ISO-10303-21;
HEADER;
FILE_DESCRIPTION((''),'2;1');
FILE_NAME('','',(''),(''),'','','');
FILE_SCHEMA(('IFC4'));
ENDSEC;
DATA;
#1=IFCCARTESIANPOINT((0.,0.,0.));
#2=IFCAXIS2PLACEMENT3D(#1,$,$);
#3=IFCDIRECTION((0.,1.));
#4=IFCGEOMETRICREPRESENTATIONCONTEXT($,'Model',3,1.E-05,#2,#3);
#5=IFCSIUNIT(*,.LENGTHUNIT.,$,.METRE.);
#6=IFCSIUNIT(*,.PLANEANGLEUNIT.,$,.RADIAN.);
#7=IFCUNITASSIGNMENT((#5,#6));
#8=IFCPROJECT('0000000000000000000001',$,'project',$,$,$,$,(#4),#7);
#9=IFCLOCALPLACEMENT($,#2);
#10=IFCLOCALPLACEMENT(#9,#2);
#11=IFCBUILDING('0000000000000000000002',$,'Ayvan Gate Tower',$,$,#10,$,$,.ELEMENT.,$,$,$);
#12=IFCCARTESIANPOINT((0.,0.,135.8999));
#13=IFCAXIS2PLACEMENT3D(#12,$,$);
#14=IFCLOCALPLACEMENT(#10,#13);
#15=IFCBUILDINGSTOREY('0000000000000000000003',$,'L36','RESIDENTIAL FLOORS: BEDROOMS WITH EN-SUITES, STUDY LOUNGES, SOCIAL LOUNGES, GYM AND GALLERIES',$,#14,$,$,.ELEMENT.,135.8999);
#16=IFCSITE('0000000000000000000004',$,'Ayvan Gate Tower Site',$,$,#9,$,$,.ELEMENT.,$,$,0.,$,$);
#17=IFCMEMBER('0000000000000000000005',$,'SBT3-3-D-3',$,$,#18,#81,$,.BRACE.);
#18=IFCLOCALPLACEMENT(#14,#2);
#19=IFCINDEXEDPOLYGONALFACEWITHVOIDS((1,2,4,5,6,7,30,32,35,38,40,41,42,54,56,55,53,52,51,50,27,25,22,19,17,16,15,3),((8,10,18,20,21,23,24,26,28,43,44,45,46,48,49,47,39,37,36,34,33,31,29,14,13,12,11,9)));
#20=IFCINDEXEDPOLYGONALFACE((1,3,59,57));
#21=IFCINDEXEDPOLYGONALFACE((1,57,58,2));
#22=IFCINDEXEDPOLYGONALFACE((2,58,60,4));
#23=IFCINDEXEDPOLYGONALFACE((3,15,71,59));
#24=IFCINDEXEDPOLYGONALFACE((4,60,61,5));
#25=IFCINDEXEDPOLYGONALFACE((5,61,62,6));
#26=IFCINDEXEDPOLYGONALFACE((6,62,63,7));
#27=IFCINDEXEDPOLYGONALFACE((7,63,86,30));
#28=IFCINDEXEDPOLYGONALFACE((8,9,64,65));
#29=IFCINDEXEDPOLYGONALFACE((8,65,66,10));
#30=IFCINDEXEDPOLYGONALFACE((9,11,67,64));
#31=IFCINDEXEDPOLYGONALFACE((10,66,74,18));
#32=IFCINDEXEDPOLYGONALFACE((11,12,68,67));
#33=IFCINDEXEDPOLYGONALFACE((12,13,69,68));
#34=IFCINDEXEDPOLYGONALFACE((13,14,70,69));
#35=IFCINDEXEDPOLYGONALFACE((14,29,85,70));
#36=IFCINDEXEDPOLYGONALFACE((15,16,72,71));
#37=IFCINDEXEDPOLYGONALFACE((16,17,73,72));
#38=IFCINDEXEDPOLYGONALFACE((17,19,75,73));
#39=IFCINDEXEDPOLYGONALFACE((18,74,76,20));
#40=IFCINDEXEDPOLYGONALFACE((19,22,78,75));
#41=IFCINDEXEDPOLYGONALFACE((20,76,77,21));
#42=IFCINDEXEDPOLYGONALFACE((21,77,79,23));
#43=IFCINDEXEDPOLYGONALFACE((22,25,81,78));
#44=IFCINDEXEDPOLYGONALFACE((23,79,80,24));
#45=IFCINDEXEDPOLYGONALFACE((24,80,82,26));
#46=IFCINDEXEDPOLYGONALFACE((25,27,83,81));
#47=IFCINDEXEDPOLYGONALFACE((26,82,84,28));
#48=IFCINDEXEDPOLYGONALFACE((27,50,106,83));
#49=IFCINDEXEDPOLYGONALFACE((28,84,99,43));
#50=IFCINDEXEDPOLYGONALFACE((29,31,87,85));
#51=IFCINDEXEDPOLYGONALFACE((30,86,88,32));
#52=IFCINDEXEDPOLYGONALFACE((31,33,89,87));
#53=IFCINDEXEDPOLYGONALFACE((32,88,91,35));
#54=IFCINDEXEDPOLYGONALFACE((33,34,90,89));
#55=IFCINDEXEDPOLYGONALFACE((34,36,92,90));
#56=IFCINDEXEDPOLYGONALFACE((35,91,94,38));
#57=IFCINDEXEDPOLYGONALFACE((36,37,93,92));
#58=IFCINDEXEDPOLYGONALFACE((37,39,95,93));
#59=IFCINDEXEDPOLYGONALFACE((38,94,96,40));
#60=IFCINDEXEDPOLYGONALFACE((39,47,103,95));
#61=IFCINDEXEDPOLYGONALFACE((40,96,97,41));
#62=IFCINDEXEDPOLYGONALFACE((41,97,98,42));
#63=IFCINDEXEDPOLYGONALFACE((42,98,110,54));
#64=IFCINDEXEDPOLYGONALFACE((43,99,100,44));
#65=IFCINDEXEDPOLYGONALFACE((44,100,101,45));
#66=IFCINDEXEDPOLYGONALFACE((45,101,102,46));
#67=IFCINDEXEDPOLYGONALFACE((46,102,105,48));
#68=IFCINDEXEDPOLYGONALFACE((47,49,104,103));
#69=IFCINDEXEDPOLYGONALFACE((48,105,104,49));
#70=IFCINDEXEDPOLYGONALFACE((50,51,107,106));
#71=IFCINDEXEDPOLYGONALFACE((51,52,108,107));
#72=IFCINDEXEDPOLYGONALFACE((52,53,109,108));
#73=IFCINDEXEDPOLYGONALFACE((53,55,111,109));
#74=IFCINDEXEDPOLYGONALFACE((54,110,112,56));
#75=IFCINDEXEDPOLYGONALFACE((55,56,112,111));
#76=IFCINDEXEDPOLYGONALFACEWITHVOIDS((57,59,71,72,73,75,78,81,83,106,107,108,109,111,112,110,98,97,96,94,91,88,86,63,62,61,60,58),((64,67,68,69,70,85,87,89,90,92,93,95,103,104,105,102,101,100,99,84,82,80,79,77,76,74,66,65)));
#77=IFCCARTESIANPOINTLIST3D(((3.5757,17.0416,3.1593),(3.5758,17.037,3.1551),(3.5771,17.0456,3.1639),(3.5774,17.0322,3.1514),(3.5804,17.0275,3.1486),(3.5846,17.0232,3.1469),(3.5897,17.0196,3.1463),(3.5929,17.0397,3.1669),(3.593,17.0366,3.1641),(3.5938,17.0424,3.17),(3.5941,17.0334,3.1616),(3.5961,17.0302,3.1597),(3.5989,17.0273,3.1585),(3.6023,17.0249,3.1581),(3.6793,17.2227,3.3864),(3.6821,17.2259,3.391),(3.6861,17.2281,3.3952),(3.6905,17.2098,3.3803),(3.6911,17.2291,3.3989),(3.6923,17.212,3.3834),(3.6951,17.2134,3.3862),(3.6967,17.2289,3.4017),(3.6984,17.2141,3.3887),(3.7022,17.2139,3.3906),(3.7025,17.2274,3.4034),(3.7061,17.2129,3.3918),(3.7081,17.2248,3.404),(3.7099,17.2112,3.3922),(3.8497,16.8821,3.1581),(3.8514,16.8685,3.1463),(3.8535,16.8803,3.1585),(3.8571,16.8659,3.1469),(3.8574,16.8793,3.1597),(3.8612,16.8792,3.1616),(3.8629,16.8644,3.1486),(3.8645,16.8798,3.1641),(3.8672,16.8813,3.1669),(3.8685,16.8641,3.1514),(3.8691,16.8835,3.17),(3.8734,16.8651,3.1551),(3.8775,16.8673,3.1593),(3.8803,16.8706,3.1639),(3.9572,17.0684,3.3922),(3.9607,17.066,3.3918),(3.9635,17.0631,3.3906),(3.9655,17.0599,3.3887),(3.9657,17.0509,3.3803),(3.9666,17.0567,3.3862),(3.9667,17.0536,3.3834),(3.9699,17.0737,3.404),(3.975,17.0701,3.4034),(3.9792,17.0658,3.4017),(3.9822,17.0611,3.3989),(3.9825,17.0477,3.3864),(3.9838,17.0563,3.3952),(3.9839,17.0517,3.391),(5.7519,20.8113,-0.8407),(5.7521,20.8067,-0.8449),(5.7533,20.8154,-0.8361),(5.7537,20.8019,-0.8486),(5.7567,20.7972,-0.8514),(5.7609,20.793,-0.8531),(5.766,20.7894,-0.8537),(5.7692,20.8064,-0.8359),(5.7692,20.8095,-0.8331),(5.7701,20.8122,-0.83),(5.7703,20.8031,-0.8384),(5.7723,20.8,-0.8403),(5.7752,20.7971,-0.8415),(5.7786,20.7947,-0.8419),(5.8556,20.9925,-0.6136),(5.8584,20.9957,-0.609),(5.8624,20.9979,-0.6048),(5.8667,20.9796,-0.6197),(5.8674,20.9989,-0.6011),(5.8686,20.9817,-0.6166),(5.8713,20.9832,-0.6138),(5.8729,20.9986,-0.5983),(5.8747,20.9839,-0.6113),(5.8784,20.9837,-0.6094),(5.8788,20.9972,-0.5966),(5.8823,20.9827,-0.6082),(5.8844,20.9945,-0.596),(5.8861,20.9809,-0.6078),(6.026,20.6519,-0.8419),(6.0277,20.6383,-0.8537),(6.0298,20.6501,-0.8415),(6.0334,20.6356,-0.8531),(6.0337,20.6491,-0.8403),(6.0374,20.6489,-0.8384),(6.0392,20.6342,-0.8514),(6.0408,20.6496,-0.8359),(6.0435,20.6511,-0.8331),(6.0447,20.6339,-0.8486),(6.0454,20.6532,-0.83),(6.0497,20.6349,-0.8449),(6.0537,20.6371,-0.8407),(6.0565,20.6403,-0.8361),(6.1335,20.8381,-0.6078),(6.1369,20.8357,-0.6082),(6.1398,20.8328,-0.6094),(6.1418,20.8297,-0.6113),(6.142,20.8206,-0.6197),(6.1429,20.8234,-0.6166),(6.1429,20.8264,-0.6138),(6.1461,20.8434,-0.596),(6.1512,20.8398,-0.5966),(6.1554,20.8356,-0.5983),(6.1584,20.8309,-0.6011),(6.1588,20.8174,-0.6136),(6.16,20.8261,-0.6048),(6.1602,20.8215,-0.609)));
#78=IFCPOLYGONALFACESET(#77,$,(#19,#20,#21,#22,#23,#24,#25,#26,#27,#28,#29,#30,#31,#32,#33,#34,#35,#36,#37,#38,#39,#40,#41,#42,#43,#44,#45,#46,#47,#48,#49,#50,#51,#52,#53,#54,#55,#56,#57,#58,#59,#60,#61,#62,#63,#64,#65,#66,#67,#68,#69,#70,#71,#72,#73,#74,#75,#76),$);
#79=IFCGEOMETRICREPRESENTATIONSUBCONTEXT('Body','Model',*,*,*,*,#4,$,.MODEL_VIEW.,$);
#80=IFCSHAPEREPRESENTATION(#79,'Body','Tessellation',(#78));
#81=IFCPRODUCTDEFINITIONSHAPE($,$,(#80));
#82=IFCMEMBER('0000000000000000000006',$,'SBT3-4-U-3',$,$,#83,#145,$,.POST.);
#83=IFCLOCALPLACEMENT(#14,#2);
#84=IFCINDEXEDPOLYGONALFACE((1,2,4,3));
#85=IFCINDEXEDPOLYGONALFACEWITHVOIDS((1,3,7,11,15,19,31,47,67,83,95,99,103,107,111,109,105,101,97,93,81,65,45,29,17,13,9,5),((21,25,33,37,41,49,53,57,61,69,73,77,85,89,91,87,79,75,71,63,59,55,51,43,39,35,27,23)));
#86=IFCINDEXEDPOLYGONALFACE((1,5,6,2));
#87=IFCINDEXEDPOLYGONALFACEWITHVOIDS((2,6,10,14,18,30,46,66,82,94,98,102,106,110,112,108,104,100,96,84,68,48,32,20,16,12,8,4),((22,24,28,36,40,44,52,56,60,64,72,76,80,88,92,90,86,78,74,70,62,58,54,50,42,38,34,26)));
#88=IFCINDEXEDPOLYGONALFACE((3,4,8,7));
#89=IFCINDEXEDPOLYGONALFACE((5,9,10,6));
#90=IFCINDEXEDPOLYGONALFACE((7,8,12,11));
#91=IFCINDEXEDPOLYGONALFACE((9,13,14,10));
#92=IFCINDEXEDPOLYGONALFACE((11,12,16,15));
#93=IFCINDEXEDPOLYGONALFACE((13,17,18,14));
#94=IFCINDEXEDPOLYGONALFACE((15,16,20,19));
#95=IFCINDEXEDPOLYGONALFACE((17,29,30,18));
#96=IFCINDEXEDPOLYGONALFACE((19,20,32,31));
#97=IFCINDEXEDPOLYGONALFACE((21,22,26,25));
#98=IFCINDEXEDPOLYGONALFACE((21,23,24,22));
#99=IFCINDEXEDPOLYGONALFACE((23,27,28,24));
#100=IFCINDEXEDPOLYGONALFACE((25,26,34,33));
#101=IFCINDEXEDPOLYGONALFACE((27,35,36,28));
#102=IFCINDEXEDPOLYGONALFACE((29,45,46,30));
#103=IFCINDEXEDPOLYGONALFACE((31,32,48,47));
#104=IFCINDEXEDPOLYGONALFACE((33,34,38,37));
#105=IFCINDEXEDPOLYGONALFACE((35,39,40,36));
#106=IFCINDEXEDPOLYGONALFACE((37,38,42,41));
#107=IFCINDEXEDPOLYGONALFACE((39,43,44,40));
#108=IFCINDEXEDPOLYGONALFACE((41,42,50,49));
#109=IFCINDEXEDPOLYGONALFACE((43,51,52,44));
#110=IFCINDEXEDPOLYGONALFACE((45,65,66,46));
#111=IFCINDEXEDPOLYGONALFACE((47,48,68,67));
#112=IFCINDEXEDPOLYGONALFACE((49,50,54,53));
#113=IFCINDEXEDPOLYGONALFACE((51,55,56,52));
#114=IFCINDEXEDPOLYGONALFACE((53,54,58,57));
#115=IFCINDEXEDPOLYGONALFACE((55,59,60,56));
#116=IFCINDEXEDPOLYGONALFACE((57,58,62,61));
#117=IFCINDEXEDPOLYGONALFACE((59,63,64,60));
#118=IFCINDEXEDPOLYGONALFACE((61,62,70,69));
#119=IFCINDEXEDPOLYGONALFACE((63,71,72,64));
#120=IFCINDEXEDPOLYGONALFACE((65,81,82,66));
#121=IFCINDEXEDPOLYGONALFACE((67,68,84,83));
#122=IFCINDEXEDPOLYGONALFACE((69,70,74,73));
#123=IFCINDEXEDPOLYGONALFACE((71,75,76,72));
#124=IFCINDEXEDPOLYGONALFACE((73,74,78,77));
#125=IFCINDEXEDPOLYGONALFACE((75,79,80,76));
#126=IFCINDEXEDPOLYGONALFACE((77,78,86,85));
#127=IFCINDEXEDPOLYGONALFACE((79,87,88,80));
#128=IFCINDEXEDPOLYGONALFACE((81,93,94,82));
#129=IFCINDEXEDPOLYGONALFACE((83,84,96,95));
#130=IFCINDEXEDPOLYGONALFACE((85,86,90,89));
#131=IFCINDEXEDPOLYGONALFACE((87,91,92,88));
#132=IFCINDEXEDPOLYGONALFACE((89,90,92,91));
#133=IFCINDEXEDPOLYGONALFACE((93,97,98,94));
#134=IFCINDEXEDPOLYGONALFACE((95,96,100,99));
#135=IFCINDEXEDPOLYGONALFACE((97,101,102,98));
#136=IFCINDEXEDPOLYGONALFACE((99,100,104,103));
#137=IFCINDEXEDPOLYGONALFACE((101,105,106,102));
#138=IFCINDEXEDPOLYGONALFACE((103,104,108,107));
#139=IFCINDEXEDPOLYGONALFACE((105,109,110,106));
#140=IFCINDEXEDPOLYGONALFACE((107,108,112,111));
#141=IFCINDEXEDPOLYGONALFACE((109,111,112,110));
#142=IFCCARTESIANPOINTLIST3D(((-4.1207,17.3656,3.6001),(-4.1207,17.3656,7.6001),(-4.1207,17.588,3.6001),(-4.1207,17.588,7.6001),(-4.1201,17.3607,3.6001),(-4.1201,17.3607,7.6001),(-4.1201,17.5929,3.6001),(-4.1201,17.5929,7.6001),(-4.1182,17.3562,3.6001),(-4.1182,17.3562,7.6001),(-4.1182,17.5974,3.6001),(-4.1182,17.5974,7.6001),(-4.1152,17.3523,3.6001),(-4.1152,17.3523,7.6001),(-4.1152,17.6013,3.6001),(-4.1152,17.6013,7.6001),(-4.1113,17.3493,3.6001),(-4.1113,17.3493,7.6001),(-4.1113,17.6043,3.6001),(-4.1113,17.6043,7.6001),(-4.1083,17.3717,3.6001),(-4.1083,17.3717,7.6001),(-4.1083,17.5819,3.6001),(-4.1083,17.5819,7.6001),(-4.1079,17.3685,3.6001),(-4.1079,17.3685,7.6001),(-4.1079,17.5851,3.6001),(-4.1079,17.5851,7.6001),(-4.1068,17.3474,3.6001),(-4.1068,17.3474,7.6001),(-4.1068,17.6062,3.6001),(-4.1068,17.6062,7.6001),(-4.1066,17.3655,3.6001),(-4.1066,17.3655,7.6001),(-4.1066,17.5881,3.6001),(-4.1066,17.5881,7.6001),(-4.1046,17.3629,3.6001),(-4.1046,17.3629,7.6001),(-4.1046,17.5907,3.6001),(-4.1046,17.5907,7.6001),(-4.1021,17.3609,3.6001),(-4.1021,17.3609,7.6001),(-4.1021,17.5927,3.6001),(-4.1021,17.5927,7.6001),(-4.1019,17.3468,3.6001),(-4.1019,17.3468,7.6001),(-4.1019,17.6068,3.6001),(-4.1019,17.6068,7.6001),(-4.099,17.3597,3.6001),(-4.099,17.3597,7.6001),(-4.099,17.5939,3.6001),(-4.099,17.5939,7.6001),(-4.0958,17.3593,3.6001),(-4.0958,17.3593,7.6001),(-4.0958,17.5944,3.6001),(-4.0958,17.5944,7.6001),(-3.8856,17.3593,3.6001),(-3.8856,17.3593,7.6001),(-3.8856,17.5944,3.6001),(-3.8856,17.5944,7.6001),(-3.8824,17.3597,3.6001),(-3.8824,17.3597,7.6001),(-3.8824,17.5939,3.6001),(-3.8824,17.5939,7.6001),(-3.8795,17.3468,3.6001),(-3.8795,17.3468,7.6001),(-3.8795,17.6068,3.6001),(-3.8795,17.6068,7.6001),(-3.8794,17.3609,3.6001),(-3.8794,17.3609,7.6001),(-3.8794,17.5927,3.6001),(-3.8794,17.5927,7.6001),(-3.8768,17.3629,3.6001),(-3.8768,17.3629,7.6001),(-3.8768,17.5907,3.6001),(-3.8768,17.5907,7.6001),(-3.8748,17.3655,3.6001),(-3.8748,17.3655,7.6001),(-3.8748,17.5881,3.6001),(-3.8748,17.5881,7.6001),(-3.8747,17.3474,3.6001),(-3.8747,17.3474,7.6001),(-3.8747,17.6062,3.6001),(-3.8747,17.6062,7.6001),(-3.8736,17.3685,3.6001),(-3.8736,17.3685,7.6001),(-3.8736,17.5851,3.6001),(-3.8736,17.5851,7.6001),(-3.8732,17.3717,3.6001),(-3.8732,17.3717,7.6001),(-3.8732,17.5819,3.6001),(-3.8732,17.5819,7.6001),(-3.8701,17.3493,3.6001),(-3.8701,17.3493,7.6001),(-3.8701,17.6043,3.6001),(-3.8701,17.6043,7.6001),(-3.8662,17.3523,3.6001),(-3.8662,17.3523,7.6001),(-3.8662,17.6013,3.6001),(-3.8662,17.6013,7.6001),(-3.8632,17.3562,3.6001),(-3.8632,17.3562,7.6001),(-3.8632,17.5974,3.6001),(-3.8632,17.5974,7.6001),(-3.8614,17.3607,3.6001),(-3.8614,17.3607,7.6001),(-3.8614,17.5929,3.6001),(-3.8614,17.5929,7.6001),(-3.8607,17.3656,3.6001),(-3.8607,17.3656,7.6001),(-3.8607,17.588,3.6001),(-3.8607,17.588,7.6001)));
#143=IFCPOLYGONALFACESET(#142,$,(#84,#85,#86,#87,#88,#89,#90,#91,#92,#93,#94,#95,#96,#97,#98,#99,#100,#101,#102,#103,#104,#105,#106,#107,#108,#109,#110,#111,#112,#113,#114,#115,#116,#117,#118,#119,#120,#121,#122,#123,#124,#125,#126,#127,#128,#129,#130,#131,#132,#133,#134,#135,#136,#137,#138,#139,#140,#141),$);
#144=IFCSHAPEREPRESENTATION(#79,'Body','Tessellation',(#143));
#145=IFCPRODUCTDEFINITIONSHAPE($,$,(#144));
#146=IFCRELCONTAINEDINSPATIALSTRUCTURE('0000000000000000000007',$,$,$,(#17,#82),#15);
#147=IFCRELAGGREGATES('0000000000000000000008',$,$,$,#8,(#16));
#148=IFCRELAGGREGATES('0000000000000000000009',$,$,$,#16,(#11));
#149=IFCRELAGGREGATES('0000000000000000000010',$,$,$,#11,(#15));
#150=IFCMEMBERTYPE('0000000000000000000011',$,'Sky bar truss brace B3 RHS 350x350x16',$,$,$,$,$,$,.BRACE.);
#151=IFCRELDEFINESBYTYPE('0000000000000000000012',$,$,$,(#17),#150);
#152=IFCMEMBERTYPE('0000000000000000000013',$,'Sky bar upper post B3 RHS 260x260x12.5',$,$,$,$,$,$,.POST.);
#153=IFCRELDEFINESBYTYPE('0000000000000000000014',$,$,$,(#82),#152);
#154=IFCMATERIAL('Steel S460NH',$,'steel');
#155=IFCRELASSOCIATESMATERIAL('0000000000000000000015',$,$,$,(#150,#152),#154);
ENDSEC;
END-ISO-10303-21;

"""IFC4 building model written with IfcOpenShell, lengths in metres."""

from ifc_helpers import new_model, si_unit, direction, frame, origin, origin_2d, place, context, subcontext, project, spatial, hollow_rectangle, extrude, material, material_profile, profile_set, type_object, element, save


model = new_model("IFC4")

# Units and contexts
model_context = context("Model", 3, precision=1e-05, world=origin(), true_north=direction((0.0, 1.0)))
body_context = subcontext(model_context, "Body", "Model", "MODEL_VIEW")
ifc_project = project(units=[si_unit("LENGTHUNIT", "METRE"), si_unit("PLANEANGLEUNIT", "RADIAN")], contexts=[model_context])

# Site, building, storey
site_placement = place(None, origin())
site = spatial("IfcSite", under=ifc_project, at=site_placement, Name="Ayvan Gate Tower Site", CompositionType="ELEMENT", RefElevation=0.0)
building_placement = place(site_placement, origin())
building = spatial("IfcBuilding", under=site, at=building_placement, Name="Ayvan Gate Tower", CompositionType="ELEMENT")
storey_placement = place(building_placement, frame((0.0, 0.0, 135.8999)))
storey = spatial("IfcBuildingStorey", under=building, at=storey_placement, Name="L36", Description="RESIDENTIAL FLOORS: BEDROOMS WITH EN-SUITES, STUDY LOUNGES, SOCIAL LOUNGES, GYM AND GALLERIES", CompositionType="ELEMENT", Elevation=135.8999)

# Members
ifc_material_1 = material(Name="Steel S460NH", Category="steel")
ifc_material_profile_1 = material_profile(ifc_material_1, hollow_rectangle(XDim=0.3501, YDim=0.3501, WallThickness=0.0161, InnerFilletRadius=0.0161, OuterFilletRadius=0.0239, at=origin_2d()), Name="RHS 350x350x16")
ifc_profile_set_1 = profile_set([ifc_material_profile_1], Name="Steel S460NH")
member_type_1 = type_object("IfcMemberType", Name="Sky bar truss brace B3 RHS 350x350x16", PredefinedType="BRACE", material=ifc_profile_set_1)
member_1_placement = place(storey_placement, frame((3.7798, 17.0466, 3.2751), z_axis=(0.368134, 0.637688, -0.676632), x_axis=(-0.866046, 0.499964, 0.0)))
element("IfcMember", 1, at=member_1_placement, inside=storey, type_object=member_type_1, Name="SBT3-3-D-3", PredefinedType="BRACE", context=body_context, shape_type="SweptSolid", body=[
    extrude(hollow_rectangle(XDim=0.3501, YDim=0.3501, WallThickness=0.0161, InnerFilletRadius=0.0161, OuterFilletRadius=0.0239, at=origin_2d()), origin(), (0.0, 0.0, 1.0), 5.9116),
])
ifc_material_profile_2 = material_profile(ifc_material_1, hollow_rectangle(XDim=0.26, YDim=0.26, WallThickness=0.0125, InnerFilletRadius=0.0125, OuterFilletRadius=0.0188, at=origin_2d()), Name="RHS 260x260x12.5")
ifc_profile_set_2 = profile_set([ifc_material_profile_2], Name="Steel S460NH")
member_type_2 = type_object("IfcMemberType", Name="Sky bar upper post B3 RHS 260x260x12.5", PredefinedType="POST", material=ifc_profile_set_2)
for number, where, z_axis, x_axis, name in (
    (2, (-3.9907, 17.4768, 3.6001), (0.0, 0.0, 1.0), (1.0, 0.0, 0.0), "SBT3-4-U-3"),
):
    element("IfcMember", number, at=place(storey_placement, frame(where, z_axis=z_axis, x_axis=x_axis)), inside=storey, type_object=member_type_2, Name=name, PredefinedType="POST", context=body_context, shape_type="SweptSolid", body=[
        extrude(hollow_rectangle(XDim=0.26, YDim=0.26, WallThickness=0.0125, InnerFilletRadius=0.0125, OuterFilletRadius=0.0188, at=origin_2d()), origin(), (0.0, 0.0, 1.0), 4.0),
    ])

save(model, "model.ifc")
